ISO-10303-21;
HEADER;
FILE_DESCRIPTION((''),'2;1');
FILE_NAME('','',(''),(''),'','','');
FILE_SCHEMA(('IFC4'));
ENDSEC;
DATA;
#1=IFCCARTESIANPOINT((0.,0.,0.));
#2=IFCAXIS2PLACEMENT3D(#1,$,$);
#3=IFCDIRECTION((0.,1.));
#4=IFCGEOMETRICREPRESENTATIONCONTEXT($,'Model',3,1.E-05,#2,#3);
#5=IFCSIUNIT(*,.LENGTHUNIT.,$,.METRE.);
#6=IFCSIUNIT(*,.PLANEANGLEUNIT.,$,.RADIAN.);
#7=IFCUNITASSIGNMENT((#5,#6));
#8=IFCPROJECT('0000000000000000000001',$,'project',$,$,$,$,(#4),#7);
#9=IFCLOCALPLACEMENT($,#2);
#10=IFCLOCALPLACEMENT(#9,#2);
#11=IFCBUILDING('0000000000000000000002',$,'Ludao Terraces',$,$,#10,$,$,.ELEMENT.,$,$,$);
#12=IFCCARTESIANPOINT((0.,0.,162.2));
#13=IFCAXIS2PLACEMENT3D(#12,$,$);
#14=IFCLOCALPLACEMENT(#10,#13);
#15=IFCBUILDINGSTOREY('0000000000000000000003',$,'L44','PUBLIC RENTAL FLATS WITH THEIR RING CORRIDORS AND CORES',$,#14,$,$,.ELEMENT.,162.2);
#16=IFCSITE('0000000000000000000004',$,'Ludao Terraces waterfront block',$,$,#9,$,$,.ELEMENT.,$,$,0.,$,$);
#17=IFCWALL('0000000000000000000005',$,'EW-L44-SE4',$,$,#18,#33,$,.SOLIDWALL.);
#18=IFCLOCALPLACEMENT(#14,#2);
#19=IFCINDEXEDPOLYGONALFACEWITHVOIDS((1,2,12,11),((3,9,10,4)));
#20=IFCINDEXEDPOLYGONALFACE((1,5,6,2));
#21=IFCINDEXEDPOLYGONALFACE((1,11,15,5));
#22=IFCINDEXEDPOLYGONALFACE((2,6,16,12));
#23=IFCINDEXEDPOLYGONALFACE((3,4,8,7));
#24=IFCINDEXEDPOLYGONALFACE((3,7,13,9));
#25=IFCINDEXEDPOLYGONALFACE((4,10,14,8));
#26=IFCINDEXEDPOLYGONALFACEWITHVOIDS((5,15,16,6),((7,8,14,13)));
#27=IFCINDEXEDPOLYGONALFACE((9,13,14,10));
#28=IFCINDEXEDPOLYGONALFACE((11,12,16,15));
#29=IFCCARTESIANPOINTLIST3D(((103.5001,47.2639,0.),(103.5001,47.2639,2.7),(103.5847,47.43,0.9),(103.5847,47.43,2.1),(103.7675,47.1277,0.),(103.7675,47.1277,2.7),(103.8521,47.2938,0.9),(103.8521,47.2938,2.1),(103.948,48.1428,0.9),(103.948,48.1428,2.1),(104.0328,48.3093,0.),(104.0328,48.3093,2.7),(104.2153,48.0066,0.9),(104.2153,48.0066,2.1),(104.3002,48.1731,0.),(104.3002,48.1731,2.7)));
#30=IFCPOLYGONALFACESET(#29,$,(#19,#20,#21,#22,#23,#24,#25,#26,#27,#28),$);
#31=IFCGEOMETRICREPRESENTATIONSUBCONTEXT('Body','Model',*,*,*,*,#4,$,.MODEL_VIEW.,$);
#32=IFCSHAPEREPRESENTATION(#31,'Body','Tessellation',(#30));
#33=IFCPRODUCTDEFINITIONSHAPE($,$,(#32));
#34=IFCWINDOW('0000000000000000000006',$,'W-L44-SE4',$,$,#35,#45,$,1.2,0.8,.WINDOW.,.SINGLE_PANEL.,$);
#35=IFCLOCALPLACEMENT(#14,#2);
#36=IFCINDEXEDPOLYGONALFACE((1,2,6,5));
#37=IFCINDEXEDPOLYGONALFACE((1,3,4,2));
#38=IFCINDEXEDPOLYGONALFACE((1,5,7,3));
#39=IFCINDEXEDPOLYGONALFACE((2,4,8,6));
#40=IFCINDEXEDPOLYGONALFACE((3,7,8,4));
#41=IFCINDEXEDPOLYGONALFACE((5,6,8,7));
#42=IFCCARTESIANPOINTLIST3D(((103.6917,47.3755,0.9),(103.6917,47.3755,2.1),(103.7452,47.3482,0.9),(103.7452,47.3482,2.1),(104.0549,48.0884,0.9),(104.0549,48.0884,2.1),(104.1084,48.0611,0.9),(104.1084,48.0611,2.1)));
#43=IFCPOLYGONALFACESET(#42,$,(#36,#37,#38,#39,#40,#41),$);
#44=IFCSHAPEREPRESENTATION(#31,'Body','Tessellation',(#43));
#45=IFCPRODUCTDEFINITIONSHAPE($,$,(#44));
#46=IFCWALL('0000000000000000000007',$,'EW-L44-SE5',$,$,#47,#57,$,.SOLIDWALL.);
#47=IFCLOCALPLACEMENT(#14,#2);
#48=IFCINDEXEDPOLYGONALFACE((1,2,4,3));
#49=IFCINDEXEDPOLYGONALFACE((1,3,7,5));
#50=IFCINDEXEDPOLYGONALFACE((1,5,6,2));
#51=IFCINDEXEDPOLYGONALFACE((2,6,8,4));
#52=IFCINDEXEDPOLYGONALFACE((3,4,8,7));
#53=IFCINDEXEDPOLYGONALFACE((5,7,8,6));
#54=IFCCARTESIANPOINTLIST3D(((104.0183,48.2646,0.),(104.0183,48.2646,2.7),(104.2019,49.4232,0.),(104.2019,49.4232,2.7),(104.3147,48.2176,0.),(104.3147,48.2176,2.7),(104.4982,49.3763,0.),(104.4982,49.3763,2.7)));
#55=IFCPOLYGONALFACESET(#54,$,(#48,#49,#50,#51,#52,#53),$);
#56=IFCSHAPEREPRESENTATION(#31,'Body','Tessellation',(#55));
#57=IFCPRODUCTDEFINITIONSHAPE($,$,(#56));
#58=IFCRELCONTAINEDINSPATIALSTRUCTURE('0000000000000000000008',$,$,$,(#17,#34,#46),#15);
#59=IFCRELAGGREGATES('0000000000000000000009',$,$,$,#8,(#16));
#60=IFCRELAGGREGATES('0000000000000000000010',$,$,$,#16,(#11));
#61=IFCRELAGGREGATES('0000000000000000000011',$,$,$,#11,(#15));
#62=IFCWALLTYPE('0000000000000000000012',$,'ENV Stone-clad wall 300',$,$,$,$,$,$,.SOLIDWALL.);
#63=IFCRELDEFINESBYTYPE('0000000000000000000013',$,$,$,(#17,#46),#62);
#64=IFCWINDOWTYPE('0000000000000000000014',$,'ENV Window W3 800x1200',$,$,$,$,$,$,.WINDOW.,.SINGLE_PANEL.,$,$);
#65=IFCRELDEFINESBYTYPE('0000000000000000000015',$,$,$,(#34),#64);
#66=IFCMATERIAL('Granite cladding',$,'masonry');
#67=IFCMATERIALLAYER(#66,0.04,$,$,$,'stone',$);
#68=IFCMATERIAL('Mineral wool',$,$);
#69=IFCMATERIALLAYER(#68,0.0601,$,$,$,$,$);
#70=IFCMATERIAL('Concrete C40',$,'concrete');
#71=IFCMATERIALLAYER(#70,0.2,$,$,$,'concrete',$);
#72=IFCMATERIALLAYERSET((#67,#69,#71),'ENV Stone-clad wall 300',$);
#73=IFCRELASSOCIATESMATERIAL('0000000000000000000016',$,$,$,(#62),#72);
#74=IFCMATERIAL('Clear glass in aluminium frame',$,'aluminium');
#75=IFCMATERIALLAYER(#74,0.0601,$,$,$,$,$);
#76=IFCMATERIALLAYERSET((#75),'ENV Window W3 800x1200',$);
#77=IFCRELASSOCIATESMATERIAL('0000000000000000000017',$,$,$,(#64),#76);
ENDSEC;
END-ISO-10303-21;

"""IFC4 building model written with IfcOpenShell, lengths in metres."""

from ifc_helpers import new_model, si_unit, direction, frame, frame_2d, origin, place, context, subcontext, project, spatial, rectangle, extrude, material, layer, layer_set, type_object, element, fill, save


model = new_model("IFC4")

# Units and contexts
model_context = context("Model", 3, precision=1e-05, world=origin(), true_north=direction((0.0, 1.0)))
body_context = subcontext(model_context, "Body", "Model", "MODEL_VIEW")
ifc_project = project(units=[si_unit("LENGTHUNIT", "METRE"), si_unit("PLANEANGLEUNIT", "RADIAN")], contexts=[model_context])

# Site, building, storey
site_placement = place(None, origin())
site = spatial("IfcSite", under=ifc_project, at=site_placement, Name="Ludao Terraces waterfront block", CompositionType="ELEMENT", RefElevation=0.0)
building_placement = place(site_placement, origin())
building = spatial("IfcBuilding", under=site, at=building_placement, Name="Ludao Terraces", CompositionType="ELEMENT")
storey_placement = place(building_placement, frame((0.0, 0.0, 162.2)))
storey = spatial("IfcBuildingStorey", under=building, at=storey_placement, Name="L44", Description="PUBLIC RENTAL FLATS WITH THEIR RING CORRIDORS AND CORES", CompositionType="ELEMENT", Elevation=162.2)

# Shared definitions
ifc_material_1 = material(Name="Concrete C40", Category="concrete")

# Wall, opening, window
ifc_material_2 = material(Name="Granite cladding", Category="masonry")
ifc_layer_1 = layer(ifc_material_2, 0.04, Category="stone")
ifc_material_3 = material(Name="Mineral wool")
ifc_layer_2 = layer(ifc_material_3, 0.0601)
ifc_layer_3 = layer(ifc_material_1, 0.2, Category="concrete")
ifc_layer_set_1 = layer_set([ifc_layer_1, ifc_layer_2, ifc_layer_3], Name="ENV Stone-clad wall 300")
wall_type = type_object("IfcWallType", Name="ENV Stone-clad wall 300", PredefinedType="SOLIDWALL", material=ifc_layer_set_1)
ifc_material_4 = material(Name="Clear glass in aluminium frame", Category="aluminium")
ifc_layer_4 = layer(ifc_material_4, 0.0601)
ifc_layer_set_2 = layer_set([ifc_layer_4], Name="ENV Window W3 800x1200")
window_type_1 = type_object("IfcWindowType", Name="ENV Window W3 800x1200", PartitioningType="SINGLE_PANEL", PredefinedType="WINDOW", material=ifc_layer_set_2)
wall_1_placement = place(storey_placement, frame((103.6338, 47.1958, 0.0), z_axis=(0.0, 0.0, 1.0), x_axis=(0.454026, 0.890989, 0.0)))
wall_1 = element("IfcWall", 1, at=wall_1_placement, inside=storey, type_object=wall_type, Name="EW-L44-SE4", PredefinedType="SOLIDWALL", context=body_context, shape_type="SweptSolid", body=[
    extrude(rectangle(XDim=1.1733, YDim=0.3, at=frame_2d((0.5867, 0.0))), origin(), (0.0, 0.0, 1.0), 2.7),
])
opening_1_placement = place(wall_1_placement, frame((0.1865, 0.0, 0.8999)))
opening_1 = element("IfcOpeningElement", 2, at=opening_1_placement, cuts=wall_1, PredefinedType="OPENING", context=body_context, shape_type="SweptSolid", body=[
    extrude(rectangle(XDim=0.8, YDim=1.2, at=frame_2d((0.3999, 0.6001))), frame((0.0, 0.1602, 0.0), z_axis=(0.0, -1.0, 0.0), x_axis=(1.0, 0.0, 0.0)), (0.0, 0.0, 1.0), 0.3201),
])
window_1_placement = place(opening_1_placement, origin())
window_1 = element("IfcWindow", 3, at=window_1_placement, inside=storey, type_object=window_type_1, Name="W-L44-SE4", OverallHeight=1.2, OverallWidth=0.8, PartitioningType="SINGLE_PANEL", PredefinedType="WINDOW", context=body_context, shape_type="SweptSolid", body=[
    extrude(rectangle(XDim=0.8, YDim=1.2, at=frame_2d((0.3999, 0.6001))), frame((0.0, 0.03, 0.0), z_axis=(0.0, -1.0, 0.0), x_axis=(1.0, 0.0, 0.0)), (0.0, 0.0, 1.0), 0.0601),
])
fill(opening_1, window_1)

# Wall
wall_2_placement = place(storey_placement, frame((104.1665, 48.2412, 0.0), z_axis=(0.0, 0.0, 1.0), x_axis=(0.156497, 0.987678, 0.0)))
element("IfcWall", 4, at=wall_2_placement, inside=storey, type_object=wall_type, Name="EW-L44-SE5", PredefinedType="SOLIDWALL", context=body_context, shape_type="SweptSolid", body=[
    extrude(rectangle(XDim=1.1731, YDim=0.3, at=frame_2d((0.5864, 0.0))), origin(), (0.0, 0.0, 1.0), 2.7),
])

save(model, "model.ifc")
